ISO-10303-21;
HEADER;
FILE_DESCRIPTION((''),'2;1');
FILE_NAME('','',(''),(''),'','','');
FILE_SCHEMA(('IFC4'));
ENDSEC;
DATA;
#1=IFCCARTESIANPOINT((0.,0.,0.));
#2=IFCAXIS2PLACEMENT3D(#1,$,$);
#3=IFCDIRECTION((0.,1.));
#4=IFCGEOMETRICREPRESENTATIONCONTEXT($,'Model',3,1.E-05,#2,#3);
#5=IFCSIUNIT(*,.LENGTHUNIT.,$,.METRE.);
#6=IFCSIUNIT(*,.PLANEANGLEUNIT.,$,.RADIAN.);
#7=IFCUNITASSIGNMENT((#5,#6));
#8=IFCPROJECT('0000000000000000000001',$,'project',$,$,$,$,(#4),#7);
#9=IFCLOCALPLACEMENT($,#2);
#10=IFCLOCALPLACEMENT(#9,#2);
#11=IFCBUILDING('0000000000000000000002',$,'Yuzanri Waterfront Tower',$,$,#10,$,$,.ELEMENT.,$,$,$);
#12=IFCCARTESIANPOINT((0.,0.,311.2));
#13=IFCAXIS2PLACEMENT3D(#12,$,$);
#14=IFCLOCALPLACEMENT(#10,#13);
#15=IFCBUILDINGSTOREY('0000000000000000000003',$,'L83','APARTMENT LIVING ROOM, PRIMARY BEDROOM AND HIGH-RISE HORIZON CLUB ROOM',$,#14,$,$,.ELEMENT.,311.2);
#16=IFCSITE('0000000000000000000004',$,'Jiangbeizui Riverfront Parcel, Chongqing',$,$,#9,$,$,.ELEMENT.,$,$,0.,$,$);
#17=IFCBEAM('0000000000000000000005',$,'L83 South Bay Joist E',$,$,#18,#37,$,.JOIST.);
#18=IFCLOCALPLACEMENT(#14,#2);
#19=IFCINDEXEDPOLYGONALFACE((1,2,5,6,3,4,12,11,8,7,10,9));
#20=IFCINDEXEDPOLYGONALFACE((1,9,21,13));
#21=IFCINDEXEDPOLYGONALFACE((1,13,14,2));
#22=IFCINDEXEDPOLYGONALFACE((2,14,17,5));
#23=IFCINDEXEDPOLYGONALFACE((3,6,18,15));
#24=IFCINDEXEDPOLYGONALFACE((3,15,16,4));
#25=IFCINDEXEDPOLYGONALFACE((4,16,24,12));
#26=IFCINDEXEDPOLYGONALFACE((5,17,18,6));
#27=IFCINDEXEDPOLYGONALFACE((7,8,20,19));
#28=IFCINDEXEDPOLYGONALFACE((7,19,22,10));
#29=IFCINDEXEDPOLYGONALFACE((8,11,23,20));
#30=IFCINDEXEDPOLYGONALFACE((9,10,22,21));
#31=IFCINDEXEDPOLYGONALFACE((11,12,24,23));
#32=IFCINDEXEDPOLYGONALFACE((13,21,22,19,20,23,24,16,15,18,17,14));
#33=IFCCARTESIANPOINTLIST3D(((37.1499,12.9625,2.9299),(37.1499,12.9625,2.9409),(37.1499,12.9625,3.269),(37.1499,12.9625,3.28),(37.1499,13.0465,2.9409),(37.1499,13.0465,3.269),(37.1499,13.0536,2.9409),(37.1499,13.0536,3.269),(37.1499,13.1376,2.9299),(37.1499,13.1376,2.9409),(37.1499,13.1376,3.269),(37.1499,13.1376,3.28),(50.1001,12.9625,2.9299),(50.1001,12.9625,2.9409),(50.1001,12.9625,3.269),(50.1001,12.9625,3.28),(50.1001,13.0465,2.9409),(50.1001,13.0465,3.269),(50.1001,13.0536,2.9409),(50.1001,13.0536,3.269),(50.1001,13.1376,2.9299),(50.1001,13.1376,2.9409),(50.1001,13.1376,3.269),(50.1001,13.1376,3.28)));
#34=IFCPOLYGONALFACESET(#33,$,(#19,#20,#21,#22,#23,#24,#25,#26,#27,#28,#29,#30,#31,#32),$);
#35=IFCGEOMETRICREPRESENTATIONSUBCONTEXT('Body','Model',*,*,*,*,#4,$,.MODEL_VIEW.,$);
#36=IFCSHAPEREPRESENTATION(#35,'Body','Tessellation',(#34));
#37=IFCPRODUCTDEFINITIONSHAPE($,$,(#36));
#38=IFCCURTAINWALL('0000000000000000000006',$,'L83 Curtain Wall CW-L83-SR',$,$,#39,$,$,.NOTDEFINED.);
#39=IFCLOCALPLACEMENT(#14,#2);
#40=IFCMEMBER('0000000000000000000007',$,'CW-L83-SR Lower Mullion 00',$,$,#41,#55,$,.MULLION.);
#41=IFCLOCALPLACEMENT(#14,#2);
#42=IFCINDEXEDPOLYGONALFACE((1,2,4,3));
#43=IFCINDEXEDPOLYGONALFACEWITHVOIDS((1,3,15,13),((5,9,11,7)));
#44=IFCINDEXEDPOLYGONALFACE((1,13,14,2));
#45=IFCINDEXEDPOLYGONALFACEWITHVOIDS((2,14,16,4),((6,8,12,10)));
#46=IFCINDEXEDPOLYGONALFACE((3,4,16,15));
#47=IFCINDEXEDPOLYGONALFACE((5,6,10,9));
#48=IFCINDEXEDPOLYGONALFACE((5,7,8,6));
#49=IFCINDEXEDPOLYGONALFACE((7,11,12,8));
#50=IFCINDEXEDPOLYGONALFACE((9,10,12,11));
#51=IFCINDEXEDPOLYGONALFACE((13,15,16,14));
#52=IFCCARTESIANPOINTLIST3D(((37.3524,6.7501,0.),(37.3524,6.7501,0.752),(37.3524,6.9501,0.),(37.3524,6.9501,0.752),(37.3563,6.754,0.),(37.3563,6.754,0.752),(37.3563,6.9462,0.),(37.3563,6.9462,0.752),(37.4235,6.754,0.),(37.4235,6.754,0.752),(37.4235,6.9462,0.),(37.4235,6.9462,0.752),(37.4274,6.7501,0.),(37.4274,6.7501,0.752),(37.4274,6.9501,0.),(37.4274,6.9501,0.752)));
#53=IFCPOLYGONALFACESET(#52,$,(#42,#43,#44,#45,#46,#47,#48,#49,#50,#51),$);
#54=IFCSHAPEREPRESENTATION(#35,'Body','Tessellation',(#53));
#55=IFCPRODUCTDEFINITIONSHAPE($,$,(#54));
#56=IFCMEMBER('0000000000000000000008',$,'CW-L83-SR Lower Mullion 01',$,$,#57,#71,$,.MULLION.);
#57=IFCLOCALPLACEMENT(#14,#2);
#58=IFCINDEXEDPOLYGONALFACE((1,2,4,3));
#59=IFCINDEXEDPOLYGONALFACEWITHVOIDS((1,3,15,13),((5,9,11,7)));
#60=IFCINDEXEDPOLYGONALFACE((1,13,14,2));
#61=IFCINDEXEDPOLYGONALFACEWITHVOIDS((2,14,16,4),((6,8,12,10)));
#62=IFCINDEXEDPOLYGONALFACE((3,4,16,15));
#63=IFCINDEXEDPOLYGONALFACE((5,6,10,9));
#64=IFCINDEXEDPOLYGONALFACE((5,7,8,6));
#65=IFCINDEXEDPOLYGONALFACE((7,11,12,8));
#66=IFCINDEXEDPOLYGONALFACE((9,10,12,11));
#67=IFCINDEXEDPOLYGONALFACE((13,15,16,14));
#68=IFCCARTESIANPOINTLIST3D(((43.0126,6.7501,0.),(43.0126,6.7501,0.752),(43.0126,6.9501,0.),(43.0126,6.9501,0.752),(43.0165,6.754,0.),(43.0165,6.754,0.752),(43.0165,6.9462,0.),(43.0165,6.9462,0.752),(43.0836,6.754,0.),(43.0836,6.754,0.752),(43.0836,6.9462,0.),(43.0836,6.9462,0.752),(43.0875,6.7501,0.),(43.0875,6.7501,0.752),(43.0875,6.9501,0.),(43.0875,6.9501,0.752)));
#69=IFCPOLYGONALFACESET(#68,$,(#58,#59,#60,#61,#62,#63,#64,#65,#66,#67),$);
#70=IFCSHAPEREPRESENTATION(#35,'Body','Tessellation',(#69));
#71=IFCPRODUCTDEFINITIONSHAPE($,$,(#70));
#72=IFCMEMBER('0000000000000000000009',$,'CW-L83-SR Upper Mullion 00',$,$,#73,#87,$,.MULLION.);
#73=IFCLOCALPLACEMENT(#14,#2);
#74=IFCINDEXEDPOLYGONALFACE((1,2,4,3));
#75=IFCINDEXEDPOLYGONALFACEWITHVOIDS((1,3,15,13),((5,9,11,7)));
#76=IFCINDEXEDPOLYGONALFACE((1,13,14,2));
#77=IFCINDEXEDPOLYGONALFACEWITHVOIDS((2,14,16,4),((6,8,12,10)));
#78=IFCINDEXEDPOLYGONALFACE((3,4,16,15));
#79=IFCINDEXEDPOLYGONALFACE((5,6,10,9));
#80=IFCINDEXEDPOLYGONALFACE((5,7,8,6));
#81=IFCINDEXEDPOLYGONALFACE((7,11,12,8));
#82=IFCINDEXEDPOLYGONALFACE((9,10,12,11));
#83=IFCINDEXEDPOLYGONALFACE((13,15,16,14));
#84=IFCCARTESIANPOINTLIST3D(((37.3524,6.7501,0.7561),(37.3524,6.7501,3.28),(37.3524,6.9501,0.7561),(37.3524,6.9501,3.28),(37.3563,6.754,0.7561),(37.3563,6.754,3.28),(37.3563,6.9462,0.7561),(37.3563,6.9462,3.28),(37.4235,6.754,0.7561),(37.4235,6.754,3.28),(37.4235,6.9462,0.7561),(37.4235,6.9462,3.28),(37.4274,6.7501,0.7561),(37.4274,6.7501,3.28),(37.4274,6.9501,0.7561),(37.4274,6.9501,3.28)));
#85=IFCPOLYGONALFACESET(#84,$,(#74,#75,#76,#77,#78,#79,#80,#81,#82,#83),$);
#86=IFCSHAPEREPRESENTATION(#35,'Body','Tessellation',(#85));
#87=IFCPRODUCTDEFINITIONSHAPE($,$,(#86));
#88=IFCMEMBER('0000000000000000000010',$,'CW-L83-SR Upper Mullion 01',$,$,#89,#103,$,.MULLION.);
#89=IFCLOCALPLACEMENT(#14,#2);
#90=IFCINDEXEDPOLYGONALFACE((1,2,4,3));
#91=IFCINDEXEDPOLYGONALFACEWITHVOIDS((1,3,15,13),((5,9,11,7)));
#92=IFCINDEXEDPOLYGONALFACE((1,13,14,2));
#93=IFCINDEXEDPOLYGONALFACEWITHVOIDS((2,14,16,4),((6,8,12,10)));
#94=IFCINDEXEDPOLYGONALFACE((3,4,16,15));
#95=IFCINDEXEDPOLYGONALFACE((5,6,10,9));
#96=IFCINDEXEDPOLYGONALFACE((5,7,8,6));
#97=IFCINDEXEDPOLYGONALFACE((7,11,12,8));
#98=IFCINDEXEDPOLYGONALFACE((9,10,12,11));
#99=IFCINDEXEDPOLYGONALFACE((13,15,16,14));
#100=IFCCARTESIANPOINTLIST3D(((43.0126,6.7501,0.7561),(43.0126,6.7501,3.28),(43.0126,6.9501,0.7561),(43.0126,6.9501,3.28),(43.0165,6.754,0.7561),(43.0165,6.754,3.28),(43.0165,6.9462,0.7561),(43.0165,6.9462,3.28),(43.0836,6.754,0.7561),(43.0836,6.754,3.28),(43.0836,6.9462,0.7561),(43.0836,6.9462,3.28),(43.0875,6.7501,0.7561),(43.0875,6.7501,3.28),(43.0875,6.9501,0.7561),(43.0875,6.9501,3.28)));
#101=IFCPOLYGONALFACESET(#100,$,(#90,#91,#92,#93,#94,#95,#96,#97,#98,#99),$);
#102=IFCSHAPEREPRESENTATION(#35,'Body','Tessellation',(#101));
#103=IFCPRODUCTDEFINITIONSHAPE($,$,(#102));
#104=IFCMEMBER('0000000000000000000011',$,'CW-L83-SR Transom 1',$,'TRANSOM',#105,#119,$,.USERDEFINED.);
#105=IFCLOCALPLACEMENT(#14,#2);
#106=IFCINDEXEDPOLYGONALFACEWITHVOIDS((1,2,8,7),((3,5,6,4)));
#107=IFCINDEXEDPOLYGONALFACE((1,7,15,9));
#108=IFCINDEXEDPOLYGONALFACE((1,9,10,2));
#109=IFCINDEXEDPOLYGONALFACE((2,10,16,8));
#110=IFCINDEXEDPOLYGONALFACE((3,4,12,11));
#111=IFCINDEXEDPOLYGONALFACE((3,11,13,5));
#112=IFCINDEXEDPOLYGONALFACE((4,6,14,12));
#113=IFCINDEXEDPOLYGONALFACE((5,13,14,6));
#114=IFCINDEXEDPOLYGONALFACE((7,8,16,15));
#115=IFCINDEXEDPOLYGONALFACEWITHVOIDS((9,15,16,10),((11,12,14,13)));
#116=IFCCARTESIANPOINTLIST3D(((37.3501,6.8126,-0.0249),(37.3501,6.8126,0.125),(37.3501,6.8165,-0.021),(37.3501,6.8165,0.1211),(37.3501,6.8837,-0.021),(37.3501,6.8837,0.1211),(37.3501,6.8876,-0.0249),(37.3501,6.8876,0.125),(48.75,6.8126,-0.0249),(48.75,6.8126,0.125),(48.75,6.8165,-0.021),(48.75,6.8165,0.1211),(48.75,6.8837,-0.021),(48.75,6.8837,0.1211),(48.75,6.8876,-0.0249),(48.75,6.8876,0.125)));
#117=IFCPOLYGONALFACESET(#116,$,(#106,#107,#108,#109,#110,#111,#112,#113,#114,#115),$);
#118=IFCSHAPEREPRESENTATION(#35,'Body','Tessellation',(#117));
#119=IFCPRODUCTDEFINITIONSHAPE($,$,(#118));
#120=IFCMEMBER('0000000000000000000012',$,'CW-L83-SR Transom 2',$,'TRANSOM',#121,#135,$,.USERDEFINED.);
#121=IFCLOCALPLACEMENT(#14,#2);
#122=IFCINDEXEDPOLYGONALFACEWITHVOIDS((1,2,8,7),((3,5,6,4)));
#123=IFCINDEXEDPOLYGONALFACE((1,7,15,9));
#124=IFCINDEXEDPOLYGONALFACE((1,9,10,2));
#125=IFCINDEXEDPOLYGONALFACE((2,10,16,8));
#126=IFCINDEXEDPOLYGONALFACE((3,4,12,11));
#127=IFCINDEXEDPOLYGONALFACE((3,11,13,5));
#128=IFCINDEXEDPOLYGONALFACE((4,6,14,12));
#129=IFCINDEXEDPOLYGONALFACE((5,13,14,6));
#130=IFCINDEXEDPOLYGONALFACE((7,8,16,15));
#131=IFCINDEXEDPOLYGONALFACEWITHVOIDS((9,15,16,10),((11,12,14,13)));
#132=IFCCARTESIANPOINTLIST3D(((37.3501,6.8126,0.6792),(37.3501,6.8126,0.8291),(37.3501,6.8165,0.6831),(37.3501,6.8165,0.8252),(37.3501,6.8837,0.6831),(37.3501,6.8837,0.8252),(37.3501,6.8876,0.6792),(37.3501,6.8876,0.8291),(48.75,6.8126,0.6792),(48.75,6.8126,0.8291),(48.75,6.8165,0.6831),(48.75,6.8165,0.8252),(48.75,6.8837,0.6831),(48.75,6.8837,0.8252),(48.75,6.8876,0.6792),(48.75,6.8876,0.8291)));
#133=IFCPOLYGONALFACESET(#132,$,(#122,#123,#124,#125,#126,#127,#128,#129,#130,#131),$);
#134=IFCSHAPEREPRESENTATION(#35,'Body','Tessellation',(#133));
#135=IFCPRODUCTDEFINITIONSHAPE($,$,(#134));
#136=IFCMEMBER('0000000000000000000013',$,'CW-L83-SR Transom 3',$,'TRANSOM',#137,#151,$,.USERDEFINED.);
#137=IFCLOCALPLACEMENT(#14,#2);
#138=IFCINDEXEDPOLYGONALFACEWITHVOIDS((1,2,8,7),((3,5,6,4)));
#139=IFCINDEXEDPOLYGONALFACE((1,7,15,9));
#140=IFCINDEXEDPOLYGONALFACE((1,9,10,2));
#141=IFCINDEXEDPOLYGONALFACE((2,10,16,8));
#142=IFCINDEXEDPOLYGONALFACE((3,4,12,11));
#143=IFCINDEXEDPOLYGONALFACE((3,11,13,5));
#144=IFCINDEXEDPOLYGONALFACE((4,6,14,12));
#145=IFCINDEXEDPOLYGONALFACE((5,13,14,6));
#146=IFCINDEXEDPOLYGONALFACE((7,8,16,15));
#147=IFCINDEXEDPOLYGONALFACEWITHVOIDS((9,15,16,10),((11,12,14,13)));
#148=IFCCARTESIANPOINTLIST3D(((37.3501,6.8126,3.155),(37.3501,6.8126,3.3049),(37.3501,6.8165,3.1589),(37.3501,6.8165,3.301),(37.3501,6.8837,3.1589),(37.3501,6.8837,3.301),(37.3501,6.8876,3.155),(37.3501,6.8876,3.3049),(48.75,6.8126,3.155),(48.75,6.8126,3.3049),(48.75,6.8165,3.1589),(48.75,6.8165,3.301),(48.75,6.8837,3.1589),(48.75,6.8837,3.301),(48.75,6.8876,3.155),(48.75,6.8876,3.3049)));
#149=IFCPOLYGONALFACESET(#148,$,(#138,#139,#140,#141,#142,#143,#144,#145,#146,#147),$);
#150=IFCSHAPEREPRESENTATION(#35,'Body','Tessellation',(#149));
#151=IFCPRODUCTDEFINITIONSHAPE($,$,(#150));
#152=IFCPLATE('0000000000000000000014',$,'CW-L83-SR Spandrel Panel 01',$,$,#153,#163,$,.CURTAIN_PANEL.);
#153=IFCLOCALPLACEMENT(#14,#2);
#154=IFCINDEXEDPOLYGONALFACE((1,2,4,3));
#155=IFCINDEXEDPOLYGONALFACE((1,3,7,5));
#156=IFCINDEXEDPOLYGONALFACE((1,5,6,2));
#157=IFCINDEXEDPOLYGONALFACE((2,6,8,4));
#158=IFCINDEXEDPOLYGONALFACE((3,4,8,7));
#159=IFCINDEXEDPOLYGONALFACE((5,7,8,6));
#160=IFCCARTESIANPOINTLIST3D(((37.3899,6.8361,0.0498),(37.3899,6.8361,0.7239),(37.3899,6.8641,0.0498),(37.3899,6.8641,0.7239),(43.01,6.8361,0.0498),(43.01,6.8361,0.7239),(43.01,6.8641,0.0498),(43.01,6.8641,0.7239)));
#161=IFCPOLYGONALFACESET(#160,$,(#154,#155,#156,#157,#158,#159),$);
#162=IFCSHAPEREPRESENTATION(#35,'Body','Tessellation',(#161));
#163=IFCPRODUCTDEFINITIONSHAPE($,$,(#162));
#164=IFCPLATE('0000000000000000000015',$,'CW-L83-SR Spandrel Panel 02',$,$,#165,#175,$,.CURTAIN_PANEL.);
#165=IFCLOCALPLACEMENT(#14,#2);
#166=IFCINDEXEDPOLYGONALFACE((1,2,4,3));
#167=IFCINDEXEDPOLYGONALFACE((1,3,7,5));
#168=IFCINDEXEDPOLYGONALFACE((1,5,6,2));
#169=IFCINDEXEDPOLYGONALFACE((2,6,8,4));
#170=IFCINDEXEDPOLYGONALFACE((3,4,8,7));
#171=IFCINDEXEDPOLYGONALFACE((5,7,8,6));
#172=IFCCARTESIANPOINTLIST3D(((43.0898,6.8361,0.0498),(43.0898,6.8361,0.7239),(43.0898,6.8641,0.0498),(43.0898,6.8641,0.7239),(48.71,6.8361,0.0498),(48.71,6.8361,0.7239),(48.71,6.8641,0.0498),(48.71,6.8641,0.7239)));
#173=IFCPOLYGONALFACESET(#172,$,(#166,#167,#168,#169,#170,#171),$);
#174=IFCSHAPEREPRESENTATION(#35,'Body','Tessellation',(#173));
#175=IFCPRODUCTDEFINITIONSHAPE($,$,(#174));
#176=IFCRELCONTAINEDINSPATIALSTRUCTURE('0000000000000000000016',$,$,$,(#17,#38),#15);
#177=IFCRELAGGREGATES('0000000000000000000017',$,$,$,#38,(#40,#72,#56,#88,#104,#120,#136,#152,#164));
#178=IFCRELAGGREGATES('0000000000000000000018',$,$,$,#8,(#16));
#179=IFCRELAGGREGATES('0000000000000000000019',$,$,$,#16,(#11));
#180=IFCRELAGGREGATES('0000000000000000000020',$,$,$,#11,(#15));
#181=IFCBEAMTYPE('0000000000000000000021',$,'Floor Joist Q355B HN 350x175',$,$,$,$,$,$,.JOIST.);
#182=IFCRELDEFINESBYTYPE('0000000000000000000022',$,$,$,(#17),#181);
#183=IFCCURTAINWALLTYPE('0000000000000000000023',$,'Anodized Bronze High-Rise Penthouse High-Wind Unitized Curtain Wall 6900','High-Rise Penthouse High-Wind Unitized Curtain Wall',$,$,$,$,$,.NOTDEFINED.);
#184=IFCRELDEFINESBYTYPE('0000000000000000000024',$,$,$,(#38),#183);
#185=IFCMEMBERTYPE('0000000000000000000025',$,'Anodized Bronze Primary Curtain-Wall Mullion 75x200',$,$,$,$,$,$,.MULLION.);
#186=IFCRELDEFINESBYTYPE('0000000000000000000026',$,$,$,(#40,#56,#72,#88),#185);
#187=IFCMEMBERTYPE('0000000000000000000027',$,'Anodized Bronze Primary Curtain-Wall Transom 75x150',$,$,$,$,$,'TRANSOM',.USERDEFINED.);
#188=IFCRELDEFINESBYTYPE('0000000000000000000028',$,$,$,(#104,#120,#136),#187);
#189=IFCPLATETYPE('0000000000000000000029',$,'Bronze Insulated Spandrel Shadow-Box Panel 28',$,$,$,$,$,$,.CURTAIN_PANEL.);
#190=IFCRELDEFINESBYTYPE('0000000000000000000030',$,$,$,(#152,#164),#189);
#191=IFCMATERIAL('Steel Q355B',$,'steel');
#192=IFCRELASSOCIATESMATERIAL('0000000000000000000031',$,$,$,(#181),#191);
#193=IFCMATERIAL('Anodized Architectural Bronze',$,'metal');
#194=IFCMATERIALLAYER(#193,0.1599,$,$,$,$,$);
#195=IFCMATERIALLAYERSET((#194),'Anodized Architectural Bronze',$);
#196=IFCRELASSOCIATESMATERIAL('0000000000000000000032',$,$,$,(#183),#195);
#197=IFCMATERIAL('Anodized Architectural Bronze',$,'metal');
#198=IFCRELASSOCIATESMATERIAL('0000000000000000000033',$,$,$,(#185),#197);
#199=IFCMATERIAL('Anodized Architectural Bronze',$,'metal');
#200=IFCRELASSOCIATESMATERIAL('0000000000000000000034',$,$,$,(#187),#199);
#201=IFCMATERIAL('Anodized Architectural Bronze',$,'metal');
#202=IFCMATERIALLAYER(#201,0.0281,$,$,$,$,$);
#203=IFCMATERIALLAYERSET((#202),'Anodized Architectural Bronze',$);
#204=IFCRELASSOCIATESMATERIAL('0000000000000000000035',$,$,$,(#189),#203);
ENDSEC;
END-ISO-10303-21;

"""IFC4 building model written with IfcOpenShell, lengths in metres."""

from ifc_helpers import new_model, si_unit, direction, frame, origin, origin_2d, place, context, subcontext, project, spatial, rectangle, hollow_rectangle, i_section, extrude, source, transform, mapped, material, layer, layer_set, material_profile, profile_set, type_object, element, aggregate, save


model = new_model("IFC4")

# Units and contexts
model_context = context("Model", 3, precision=1e-05, world=origin(), true_north=direction((0.0, 1.0)))
body_context = subcontext(model_context, "Body", "Model", "MODEL_VIEW")
ifc_project = project(units=[si_unit("LENGTHUNIT", "METRE"), si_unit("PLANEANGLEUNIT", "RADIAN")], contexts=[model_context])

# Site, building, storey
site_placement = place(None, origin())
site = spatial("IfcSite", under=ifc_project, at=site_placement, Name="Jiangbeizui Riverfront Parcel, Chongqing", CompositionType="ELEMENT", RefElevation=0.0)
building_placement = place(site_placement, origin())
building = spatial("IfcBuilding", under=site, at=building_placement, Name="Yuzanri Waterfront Tower", CompositionType="ELEMENT")
storey_placement = place(building_placement, frame((0.0, 0.0, 311.2)))
storey = spatial("IfcBuildingStorey", under=building, at=storey_placement, Name="L83", Description="APARTMENT LIVING ROOM, PRIMARY BEDROOM AND HIGH-RISE HORIZON CLUB ROOM", CompositionType="ELEMENT", Elevation=311.2)

# Beam
ifc_material_1 = material(Name="Steel Q355B", Category="steel")
ifc_material_profile_1 = material_profile(ifc_material_1, i_section(OverallWidth=0.175, OverallDepth=0.3501, WebThickness=0.0071, FlangeThickness=0.011, at=origin_2d()), Name="HN 350x175x7x11")
ifc_profile_set_1 = profile_set([ifc_material_profile_1], Name="Steel Q355B")
beam_type = type_object("IfcBeamType", Name="Floor Joist Q355B HN 350x175", PredefinedType="JOIST", material=ifc_profile_set_1)
shared_shape_1 = source(origin(), body_context, "Body", "SweptSolid", [
    extrude(i_section(OverallWidth=0.175, OverallDepth=0.3501, WebThickness=0.0071, FlangeThickness=0.011, at=origin_2d()), origin(), (0.0, 0.0, 1.0), 12.9502),
])
beam_placement = place(storey_placement, frame((37.1499, 13.05, 3.105), z_axis=(1.0, 0.0, 0.0), x_axis=(0.0, 1.0, 0.0)))
element("IfcBeam", 1, at=beam_placement, inside=storey, type_object=beam_type, Name="L83 South Bay Joist E", PredefinedType="JOIST", context=body_context, shape_type="MappedRepresentation", body=[
    mapped(shared_shape_1, transform((0.0, 0.0, 0.0), scale=1.0)),
])

# Curtain wall, members, plates
ifc_material_2 = material(Name="Anodized Architectural Bronze", Category="metal")
ifc_layer_1 = layer(ifc_material_2, 0.1599)
ifc_layer_set_1 = layer_set([ifc_layer_1], Name="Anodized Architectural Bronze")
curtain_wall_type = type_object("IfcCurtainWallType", Name="Anodized Bronze High-Rise Penthouse High-Wind Unitized Curtain Wall 6900", Description="High-Rise Penthouse High-Wind Unitized Curtain Wall", PredefinedType="NOTDEFINED", material=ifc_layer_set_1)
curtain_wall_placement = place(storey_placement, origin())
curtain_wall = element("IfcCurtainWall", 2, at=curtain_wall_placement, inside=storey, type_object=curtain_wall_type, Name="L83 Curtain Wall CW-L83-SR", PredefinedType="NOTDEFINED")
ifc_material_3 = material(Name="Anodized Architectural Bronze", Category="metal")
ifc_material_profile_2 = material_profile(ifc_material_3, hollow_rectangle(XDim=0.075, YDim=0.2, WallThickness=0.0039, at=origin_2d()), Name="CWM 75x200")
ifc_profile_set_2 = profile_set([ifc_material_profile_2], Name="Anodized Architectural Bronze")
member_type_1 = type_object("IfcMemberType", Name="Anodized Bronze Primary Curtain-Wall Mullion 75x200", PredefinedType="MULLION", material=ifc_profile_set_2)
shared_shape_2 = source(origin(), body_context, "Body", "SweptSolid", [
    extrude(hollow_rectangle(XDim=0.075, YDim=0.2, WallThickness=0.0039, at=origin_2d()), origin(), (0.0, 0.0, 1.0), 0.752),
])
member_1_placement = place(storey_placement, frame((37.3899, 6.8501, 0.0), z_axis=(0.0, 0.0, 1.0), x_axis=(1.0, 0.0, 0.0)))
member_1 = element("IfcMember", 3, at=member_1_placement, type_object=member_type_1, Name="CW-L83-SR Lower Mullion 00", PredefinedType="MULLION", context=body_context, shape_type="MappedRepresentation", body=[
    mapped(shared_shape_2, transform((0.0, 0.0, 0.0), scale=1.0)),
])
member_2_placement = place(storey_placement, frame((43.05, 6.8501, 0.0), z_axis=(0.0, 0.0, 1.0), x_axis=(1.0, 0.0, 0.0)))
member_2 = element("IfcMember", 4, at=member_2_placement, type_object=member_type_1, Name="CW-L83-SR Lower Mullion 01", PredefinedType="MULLION", context=body_context, shape_type="MappedRepresentation", body=[
    mapped(shared_shape_2, transform((0.0, 0.0, 0.0), scale=1.0)),
])
shared_shape_3 = source(origin(), body_context, "Body", "SweptSolid", [
    extrude(hollow_rectangle(XDim=0.075, YDim=0.2, WallThickness=0.0039, at=origin_2d()), origin(), (0.0, 0.0, 1.0), 2.5239),
])
member_3_placement = place(storey_placement, frame((37.3899, 6.8501, 0.7561), z_axis=(0.0, 0.0, 1.0), x_axis=(1.0, 0.0, 0.0)))
member_3 = element("IfcMember", 5, at=member_3_placement, type_object=member_type_1, Name="CW-L83-SR Upper Mullion 00", PredefinedType="MULLION", context=body_context, shape_type="MappedRepresentation", body=[
    mapped(shared_shape_3, transform((0.0, 0.0, 0.0), scale=1.0)),
])
member_4_placement = place(storey_placement, frame((43.05, 6.8501, 0.7561), z_axis=(0.0, 0.0, 1.0), x_axis=(1.0, 0.0, 0.0)))
member_4 = element("IfcMember", 6, at=member_4_placement, type_object=member_type_1, Name="CW-L83-SR Upper Mullion 01", PredefinedType="MULLION", context=body_context, shape_type="MappedRepresentation", body=[
    mapped(shared_shape_3, transform((0.0, 0.0, 0.0), scale=1.0)),
])
ifc_material_4 = material(Name="Anodized Architectural Bronze", Category="metal")
ifc_material_profile_3 = material_profile(ifc_material_4, hollow_rectangle(XDim=0.075, YDim=0.1499, WallThickness=0.0039, at=origin_2d()), Name="CWT 75x150")
ifc_profile_set_3 = profile_set([ifc_material_profile_3], Name="Anodized Architectural Bronze")
member_type_2 = type_object("IfcMemberType", Name="Anodized Bronze Primary Curtain-Wall Transom 75x150", ElementType="TRANSOM", PredefinedType="USERDEFINED", material=ifc_profile_set_3)
shared_shape_4 = source(origin(), body_context, "Body", "SweptSolid", [
    extrude(hollow_rectangle(XDim=0.075, YDim=0.1499, WallThickness=0.0039, at=origin_2d()), origin(), (0.0, 0.0, 1.0), 11.3999),
])
member_5_placement = place(storey_placement, frame((37.3501, 6.8501, 0.05), z_axis=(1.0, 0.0, 0.0), x_axis=(0.0, 1.0, 0.0)))
member_5 = element("IfcMember", 7, at=member_5_placement, type_object=member_type_2, Name="CW-L83-SR Transom 1", ObjectType="TRANSOM", PredefinedType="USERDEFINED", context=body_context, shape_type="MappedRepresentation", body=[
    mapped(shared_shape_4, transform((0.0, 0.0, 0.0), scale=1.0)),
])
member_6_placement = place(storey_placement, frame((37.3501, 6.8501, 0.7542), z_axis=(1.0, 0.0, 0.0), x_axis=(0.0, 1.0, 0.0)))
member_6 = element("IfcMember", 8, at=member_6_placement, type_object=member_type_2, Name="CW-L83-SR Transom 2", ObjectType="TRANSOM", PredefinedType="USERDEFINED", context=body_context, shape_type="MappedRepresentation", body=[
    mapped(shared_shape_4, transform((0.0, 0.0, 0.0), scale=1.0)),
])
member_7_placement = place(storey_placement, frame((37.3501, 6.8501, 3.23), z_axis=(1.0, 0.0, 0.0), x_axis=(0.0, 1.0, 0.0)))
member_7 = element("IfcMember", 9, at=member_7_placement, type_object=member_type_2, Name="CW-L83-SR Transom 3", ObjectType="TRANSOM", PredefinedType="USERDEFINED", context=body_context, shape_type="MappedRepresentation", body=[
    mapped(shared_shape_4, transform((0.0, 0.0, 0.0), scale=1.0)),
])
ifc_material_5 = material(Name="Anodized Architectural Bronze", Category="metal")
ifc_layer_2 = layer(ifc_material_5, 0.0281)
ifc_layer_set_2 = layer_set([ifc_layer_2], Name="Anodized Architectural Bronze")
plate_type_1 = type_object("IfcPlateType", Name="Bronze Insulated Spandrel Shadow-Box Panel 28", PredefinedType="CURTAIN_PANEL", material=ifc_layer_set_2)
shared_shape_5 = source(origin(), body_context, "Body", "SweptSolid", [
    extrude(rectangle(XDim=5.6201, YDim=0.0281, at=origin_2d()), origin(), (0.0, 0.0, 1.0), 0.6741),
])
plate_1_placement = place(storey_placement, frame((40.2, 6.8501, 0.0498), z_axis=(0.0, 0.0, 1.0), x_axis=(1.0, 0.0, 0.0)))
plate_1 = element("IfcPlate", 10, at=plate_1_placement, type_object=plate_type_1, Name="CW-L83-SR Spandrel Panel 01", PredefinedType="CURTAIN_PANEL", context=body_context, shape_type="MappedRepresentation", body=[
    mapped(shared_shape_5, transform((0.0, 0.0, 0.0), scale=1.0)),
])
plate_2_placement = place(storey_placement, frame((45.8999, 6.8501, 0.0498), z_axis=(0.0, 0.0, 1.0), x_axis=(1.0, 0.0, 0.0)))
plate_2 = element("IfcPlate", 11, at=plate_2_placement, type_object=plate_type_1, Name="CW-L83-SR Spandrel Panel 02", PredefinedType="CURTAIN_PANEL", context=body_context, shape_type="MappedRepresentation", body=[
    mapped(shared_shape_5, transform((0.0, 0.0, 0.0), scale=1.0)),
])
aggregate(curtain_wall, [member_1, member_3, member_2, member_4, member_5, member_6, member_7, plate_1, plate_2])

save(model, "model.ifc")
